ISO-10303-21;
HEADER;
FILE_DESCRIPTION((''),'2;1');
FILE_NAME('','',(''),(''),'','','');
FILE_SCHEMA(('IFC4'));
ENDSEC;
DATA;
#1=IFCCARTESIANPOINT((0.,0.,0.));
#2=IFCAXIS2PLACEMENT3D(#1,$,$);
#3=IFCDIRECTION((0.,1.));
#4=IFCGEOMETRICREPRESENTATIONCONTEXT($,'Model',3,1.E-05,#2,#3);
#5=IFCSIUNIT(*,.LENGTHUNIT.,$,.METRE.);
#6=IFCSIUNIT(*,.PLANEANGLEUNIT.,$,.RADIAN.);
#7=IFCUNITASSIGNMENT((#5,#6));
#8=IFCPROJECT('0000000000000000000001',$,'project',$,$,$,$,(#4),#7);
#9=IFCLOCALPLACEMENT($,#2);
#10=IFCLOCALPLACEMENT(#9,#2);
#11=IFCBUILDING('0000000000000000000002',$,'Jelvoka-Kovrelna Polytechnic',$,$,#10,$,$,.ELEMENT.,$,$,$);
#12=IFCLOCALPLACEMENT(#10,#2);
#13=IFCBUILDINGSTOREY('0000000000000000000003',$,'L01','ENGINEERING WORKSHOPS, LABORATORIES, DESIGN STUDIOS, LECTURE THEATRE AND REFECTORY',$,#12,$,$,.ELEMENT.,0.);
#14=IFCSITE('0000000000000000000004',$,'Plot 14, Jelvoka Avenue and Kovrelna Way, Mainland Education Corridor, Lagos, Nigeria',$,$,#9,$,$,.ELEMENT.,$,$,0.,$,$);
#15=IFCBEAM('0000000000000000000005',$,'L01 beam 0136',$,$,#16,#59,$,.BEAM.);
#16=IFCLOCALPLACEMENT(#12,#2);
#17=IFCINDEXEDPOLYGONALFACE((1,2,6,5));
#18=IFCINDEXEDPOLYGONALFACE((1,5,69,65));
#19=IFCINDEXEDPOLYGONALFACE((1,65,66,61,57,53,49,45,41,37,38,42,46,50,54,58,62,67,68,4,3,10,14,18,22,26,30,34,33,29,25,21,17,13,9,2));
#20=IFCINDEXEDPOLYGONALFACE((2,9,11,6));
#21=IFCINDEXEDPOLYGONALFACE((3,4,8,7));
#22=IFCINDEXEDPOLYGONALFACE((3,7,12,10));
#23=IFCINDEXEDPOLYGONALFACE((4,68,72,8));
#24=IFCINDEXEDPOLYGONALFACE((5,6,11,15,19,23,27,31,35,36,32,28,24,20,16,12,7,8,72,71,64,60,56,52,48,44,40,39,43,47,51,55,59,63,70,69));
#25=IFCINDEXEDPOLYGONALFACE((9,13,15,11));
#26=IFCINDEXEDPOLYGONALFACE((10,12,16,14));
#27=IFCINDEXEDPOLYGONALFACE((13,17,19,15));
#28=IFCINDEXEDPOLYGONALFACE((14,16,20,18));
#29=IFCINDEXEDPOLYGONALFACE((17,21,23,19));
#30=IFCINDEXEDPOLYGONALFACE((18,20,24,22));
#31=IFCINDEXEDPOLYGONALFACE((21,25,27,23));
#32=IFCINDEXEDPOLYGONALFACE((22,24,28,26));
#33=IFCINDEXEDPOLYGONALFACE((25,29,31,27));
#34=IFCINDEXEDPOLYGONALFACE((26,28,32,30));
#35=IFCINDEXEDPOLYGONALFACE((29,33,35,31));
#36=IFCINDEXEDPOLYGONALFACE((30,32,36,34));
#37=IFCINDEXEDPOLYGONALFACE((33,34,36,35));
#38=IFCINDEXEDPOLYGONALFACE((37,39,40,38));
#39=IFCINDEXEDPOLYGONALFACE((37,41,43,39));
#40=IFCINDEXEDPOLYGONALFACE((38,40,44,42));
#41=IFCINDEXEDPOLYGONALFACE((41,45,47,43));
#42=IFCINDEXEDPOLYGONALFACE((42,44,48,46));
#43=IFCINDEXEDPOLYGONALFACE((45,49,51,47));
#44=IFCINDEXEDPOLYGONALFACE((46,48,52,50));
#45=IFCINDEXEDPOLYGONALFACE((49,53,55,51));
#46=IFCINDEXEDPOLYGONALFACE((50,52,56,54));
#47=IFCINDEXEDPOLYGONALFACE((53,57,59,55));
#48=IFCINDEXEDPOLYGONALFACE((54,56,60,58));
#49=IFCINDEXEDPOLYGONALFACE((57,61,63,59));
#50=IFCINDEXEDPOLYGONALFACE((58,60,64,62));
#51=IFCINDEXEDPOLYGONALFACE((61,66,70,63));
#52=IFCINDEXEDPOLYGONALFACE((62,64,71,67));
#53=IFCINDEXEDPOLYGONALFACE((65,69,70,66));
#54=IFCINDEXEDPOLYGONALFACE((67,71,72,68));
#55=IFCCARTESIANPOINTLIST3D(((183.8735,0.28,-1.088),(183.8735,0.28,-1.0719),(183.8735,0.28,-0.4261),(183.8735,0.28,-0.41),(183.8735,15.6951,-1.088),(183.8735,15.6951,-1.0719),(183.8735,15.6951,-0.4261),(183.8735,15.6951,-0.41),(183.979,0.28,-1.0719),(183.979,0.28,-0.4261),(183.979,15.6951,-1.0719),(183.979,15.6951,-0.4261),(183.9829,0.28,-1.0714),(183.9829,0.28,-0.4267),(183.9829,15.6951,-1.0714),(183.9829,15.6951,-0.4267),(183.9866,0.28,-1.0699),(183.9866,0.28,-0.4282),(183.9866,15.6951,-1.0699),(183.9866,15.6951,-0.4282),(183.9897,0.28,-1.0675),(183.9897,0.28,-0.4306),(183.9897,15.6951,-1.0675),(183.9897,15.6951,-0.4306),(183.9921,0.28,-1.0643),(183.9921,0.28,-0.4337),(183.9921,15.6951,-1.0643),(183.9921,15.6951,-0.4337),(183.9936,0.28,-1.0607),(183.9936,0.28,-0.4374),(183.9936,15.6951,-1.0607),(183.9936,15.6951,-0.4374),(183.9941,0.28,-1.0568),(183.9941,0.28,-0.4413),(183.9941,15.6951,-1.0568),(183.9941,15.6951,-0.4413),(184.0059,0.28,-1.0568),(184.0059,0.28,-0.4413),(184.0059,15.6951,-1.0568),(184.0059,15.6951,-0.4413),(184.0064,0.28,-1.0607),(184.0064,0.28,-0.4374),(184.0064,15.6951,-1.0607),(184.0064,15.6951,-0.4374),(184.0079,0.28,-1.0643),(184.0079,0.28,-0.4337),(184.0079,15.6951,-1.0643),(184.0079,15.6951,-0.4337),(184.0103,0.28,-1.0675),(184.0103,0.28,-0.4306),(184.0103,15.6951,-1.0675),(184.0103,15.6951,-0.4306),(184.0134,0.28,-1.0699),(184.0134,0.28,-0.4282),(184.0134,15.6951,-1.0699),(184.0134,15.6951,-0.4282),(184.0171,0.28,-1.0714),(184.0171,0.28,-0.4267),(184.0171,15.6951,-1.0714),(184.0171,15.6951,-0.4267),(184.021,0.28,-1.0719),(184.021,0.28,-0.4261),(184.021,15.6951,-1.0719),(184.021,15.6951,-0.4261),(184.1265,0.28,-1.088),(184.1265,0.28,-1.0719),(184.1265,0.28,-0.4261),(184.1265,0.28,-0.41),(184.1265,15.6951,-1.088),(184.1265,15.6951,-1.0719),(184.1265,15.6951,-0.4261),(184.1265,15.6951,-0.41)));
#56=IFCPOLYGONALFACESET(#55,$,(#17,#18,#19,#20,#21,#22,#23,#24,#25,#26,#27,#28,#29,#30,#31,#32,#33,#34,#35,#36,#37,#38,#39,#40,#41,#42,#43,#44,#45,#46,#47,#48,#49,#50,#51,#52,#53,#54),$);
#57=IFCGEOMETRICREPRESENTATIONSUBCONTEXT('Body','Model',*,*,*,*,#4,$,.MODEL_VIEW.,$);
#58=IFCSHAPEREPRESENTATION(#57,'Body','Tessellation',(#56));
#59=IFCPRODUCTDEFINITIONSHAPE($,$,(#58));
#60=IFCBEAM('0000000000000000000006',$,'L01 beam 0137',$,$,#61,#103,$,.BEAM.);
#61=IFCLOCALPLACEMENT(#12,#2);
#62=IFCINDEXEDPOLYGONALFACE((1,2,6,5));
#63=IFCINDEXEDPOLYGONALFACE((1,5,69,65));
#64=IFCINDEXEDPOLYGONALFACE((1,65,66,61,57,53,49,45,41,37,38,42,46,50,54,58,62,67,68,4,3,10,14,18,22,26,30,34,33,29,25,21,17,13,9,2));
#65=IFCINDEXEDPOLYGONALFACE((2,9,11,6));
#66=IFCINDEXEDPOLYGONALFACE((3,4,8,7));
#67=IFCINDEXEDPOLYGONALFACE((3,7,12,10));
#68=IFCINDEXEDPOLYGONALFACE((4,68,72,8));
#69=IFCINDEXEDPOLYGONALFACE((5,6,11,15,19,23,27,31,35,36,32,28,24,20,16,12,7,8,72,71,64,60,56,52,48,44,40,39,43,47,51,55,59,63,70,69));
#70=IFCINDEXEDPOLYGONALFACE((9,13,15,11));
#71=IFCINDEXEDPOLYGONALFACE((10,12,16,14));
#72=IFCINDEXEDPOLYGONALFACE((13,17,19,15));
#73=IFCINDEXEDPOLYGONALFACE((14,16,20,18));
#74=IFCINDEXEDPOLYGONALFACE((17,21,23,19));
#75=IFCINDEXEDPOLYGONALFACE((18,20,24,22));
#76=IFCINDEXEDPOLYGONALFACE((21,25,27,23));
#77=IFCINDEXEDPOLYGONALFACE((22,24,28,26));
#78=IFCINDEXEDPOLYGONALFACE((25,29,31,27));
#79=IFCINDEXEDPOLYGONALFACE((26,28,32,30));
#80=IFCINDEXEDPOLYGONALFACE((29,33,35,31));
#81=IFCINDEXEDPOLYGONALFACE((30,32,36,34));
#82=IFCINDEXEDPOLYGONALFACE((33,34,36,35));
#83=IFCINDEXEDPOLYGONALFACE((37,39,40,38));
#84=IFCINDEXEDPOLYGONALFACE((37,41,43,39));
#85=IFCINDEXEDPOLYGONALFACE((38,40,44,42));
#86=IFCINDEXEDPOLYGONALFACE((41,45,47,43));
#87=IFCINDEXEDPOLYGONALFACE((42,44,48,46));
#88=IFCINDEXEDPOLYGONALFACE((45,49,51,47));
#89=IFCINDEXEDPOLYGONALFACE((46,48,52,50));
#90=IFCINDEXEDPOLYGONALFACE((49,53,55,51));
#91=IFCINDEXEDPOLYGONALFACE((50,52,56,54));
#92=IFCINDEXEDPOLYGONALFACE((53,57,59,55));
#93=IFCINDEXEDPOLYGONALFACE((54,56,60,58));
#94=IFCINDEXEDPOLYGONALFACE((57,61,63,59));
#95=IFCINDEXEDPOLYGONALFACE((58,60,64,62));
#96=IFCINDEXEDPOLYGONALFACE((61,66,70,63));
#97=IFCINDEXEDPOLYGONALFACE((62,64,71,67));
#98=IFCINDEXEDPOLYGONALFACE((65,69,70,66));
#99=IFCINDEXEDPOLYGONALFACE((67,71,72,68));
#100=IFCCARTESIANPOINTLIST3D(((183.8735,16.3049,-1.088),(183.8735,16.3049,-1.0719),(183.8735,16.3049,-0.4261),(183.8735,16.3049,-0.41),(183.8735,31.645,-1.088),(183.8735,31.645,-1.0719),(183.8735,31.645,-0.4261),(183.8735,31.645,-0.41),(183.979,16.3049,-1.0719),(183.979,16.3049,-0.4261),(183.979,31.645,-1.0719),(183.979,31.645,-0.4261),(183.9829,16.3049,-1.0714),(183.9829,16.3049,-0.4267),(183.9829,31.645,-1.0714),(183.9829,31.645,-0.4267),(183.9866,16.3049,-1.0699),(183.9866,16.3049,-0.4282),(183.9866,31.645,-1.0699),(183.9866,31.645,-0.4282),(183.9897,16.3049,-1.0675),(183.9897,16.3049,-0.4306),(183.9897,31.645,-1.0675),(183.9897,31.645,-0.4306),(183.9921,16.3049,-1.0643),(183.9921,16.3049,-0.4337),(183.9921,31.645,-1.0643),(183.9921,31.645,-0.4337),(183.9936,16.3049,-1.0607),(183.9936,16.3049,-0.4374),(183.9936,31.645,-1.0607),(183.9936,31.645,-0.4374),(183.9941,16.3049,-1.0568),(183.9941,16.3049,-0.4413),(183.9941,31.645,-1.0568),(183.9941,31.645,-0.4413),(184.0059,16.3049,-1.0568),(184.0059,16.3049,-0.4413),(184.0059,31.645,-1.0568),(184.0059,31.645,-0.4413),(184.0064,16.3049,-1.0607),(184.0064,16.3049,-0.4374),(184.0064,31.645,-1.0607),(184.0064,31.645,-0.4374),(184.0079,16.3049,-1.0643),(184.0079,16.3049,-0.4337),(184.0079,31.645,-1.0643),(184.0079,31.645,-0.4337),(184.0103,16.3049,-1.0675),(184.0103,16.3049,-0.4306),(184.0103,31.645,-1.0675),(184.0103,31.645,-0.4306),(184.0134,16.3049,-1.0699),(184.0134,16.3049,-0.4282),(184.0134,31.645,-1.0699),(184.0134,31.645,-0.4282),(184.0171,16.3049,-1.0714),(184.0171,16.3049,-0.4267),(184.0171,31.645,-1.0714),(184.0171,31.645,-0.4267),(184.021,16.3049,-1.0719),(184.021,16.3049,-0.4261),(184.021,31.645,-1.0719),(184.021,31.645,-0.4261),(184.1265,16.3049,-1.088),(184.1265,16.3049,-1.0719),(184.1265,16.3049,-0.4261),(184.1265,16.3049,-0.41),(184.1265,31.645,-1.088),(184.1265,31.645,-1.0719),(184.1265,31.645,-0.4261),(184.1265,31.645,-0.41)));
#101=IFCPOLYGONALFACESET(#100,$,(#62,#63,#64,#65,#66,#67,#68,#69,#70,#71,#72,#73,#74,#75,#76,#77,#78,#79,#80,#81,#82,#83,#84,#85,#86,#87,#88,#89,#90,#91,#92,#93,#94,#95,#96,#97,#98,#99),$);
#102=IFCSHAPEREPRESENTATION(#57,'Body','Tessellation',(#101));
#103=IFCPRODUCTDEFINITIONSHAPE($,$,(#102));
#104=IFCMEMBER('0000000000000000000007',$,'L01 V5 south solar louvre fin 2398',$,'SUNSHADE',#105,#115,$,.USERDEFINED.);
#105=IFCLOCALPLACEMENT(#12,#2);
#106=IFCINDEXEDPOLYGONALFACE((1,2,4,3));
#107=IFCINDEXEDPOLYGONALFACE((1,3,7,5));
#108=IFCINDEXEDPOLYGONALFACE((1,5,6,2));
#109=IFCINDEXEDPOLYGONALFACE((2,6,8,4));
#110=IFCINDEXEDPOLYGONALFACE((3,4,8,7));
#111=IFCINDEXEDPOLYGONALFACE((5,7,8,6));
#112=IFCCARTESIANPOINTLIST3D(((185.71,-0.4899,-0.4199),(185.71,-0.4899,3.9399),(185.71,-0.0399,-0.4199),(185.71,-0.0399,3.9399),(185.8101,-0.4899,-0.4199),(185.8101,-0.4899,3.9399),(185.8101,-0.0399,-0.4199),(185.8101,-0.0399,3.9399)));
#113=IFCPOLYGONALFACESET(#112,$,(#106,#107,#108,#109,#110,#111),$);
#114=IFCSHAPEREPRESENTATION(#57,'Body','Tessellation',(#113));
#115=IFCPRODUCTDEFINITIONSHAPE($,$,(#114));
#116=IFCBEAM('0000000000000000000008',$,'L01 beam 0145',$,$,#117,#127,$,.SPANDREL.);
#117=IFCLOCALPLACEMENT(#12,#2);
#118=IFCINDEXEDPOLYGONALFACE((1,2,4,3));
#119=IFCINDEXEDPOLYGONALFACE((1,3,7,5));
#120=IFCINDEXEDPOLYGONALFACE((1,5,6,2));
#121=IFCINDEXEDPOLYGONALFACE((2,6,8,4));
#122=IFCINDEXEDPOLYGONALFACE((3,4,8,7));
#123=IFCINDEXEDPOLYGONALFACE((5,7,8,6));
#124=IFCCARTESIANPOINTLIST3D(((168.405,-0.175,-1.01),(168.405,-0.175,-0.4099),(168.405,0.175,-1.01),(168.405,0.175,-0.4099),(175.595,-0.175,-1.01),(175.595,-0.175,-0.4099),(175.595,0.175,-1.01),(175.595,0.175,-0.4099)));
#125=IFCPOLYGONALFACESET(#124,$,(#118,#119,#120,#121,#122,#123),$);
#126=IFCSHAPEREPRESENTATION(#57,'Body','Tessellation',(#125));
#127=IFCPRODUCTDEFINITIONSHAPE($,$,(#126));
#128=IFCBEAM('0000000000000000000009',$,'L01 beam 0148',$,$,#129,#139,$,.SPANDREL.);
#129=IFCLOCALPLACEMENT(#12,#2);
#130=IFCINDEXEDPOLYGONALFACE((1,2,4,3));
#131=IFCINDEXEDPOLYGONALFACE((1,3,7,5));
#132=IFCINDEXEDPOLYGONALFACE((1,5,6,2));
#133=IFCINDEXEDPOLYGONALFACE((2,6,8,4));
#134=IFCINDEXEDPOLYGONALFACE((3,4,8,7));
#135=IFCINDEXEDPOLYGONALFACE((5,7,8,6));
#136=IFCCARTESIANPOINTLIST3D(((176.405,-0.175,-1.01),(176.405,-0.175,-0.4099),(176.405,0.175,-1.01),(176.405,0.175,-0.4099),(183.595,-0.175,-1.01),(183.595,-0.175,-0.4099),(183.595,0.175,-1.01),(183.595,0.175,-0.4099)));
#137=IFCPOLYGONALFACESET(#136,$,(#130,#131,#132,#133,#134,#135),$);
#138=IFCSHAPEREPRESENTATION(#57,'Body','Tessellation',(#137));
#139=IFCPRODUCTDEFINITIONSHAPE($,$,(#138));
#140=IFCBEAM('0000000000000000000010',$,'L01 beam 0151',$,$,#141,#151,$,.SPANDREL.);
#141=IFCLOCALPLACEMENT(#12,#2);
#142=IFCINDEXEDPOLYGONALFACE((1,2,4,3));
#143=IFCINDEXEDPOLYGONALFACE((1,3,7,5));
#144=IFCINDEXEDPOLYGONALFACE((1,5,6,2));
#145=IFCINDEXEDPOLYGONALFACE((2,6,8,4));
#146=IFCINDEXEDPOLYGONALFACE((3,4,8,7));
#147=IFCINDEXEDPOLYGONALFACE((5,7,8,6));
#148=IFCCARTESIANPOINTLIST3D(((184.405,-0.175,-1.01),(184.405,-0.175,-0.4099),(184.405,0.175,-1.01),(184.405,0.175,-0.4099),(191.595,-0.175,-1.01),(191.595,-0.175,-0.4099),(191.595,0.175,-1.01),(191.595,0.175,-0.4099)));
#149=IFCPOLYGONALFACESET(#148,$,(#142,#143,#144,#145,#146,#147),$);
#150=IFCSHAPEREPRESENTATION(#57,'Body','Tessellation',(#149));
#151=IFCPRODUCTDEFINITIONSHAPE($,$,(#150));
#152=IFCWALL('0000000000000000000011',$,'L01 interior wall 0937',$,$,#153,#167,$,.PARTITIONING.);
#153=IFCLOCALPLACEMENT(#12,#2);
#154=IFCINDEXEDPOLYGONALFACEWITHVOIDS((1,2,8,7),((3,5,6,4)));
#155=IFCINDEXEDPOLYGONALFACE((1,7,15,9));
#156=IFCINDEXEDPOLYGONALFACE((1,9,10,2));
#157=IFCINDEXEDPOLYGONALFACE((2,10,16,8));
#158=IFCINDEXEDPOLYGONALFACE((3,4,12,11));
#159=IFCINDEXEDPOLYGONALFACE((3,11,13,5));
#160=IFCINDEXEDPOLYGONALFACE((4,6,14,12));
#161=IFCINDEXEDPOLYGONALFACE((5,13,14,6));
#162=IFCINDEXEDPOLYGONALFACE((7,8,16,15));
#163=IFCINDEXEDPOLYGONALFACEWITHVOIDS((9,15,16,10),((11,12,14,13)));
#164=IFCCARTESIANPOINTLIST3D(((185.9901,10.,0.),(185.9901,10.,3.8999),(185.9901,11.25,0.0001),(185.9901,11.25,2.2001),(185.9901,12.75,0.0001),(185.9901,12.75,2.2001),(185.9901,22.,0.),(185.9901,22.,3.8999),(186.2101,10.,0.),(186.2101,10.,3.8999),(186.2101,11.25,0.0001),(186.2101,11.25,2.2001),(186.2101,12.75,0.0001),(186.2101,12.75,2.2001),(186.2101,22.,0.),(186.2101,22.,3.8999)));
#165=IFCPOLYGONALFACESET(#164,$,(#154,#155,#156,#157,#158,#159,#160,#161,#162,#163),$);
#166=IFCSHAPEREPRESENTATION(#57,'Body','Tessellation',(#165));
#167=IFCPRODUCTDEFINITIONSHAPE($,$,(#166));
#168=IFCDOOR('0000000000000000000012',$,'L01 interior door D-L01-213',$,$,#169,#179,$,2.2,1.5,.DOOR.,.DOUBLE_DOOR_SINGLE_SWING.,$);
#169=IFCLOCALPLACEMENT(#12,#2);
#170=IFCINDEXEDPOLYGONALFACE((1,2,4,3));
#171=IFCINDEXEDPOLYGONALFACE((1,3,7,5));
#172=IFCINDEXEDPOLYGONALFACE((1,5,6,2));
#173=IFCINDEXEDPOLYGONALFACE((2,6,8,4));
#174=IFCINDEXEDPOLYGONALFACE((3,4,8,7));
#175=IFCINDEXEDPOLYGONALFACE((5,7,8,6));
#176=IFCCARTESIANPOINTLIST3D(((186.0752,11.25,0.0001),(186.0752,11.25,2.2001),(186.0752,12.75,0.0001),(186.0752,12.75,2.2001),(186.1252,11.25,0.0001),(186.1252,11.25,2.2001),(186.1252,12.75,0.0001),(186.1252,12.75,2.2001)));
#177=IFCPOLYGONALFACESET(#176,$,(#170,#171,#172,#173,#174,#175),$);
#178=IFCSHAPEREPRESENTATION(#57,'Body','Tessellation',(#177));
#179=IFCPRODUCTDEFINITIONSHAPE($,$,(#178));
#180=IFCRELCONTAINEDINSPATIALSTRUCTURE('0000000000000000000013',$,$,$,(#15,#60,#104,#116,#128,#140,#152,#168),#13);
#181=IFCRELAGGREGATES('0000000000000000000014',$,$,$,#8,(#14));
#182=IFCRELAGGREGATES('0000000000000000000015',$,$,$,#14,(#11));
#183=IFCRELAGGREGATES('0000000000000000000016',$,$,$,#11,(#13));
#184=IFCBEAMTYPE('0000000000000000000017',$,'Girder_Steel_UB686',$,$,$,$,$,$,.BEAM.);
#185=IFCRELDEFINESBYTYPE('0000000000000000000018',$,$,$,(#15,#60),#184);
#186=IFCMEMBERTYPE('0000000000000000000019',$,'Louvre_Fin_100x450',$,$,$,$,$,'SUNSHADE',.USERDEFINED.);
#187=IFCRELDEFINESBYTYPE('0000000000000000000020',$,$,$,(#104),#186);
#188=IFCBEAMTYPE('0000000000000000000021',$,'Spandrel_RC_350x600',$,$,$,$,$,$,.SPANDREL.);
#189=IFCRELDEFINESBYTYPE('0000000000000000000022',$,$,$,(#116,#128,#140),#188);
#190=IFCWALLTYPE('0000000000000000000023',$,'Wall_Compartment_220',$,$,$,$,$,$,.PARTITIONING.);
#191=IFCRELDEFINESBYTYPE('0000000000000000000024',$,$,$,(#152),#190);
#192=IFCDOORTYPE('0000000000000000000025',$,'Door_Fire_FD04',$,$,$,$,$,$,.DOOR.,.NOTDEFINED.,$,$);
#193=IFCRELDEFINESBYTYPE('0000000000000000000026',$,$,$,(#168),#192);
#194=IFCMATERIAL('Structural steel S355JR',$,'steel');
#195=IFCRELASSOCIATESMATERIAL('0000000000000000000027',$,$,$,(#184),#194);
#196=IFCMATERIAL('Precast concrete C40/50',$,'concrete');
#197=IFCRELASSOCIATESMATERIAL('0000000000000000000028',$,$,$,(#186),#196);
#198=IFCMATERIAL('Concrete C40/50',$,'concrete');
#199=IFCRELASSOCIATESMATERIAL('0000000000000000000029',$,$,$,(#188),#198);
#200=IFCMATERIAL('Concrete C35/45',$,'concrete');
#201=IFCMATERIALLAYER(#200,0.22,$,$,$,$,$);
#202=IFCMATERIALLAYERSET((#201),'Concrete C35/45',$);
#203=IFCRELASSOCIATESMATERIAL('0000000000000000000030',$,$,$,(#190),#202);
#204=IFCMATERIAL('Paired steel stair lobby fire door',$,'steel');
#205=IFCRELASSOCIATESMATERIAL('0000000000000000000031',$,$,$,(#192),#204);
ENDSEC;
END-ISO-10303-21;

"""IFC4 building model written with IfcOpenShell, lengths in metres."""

from ifc_helpers import new_model, si_unit, direction, frame, frame_2d, origin, origin_2d, place, context, subcontext, project, spatial, rectangle, i_section, extrude, material, layer, layer_set, material_profile, profile_set, type_object, element, fill, save


model = new_model("IFC4")

# Units and contexts
model_context = context("Model", 3, precision=1e-05, world=origin(), true_north=direction((0.0, 1.0)))
body_context = subcontext(model_context, "Body", "Model", "MODEL_VIEW")
ifc_project = project(units=[si_unit("LENGTHUNIT", "METRE"), si_unit("PLANEANGLEUNIT", "RADIAN")], contexts=[model_context])

# Site, building, storey
site_placement = place(None, origin())
site = spatial("IfcSite", under=ifc_project, at=site_placement, Name="Plot 14, Jelvoka Avenue and Kovrelna Way, Mainland Education Corridor, Lagos, Nigeria", CompositionType="ELEMENT", RefElevation=0.0)
building_placement = place(site_placement, origin())
building = spatial("IfcBuilding", under=site, at=building_placement, Name="Jelvoka-Kovrelna Polytechnic", CompositionType="ELEMENT")
storey_placement = place(building_placement, origin())
storey = spatial("IfcBuildingStorey", under=building, at=storey_placement, Name="L01", Description="ENGINEERING WORKSHOPS, LABORATORIES, DESIGN STUDIOS, LECTURE THEATRE AND REFECTORY", CompositionType="ELEMENT", Elevation=0.0)

# Beams
ifc_material_1 = material(Name="Structural steel S355JR", Category="steel")
ifc_material_profile_1 = material_profile(ifc_material_1, i_section(OverallWidth=0.2529, OverallDepth=0.678, WebThickness=0.0117, FlangeThickness=0.0161, FilletRadius=0.0151, at=origin_2d()), Name="686x254x125 UB")
ifc_profile_set_1 = profile_set([ifc_material_profile_1], Name="Structural steel S355JR")
beam_type_1 = type_object("IfcBeamType", Name="Girder_Steel_UB686", PredefinedType="BEAM", material=ifc_profile_set_1)
beam_1_placement = place(storey_placement, frame((184.0, 0.28, -0.749), z_axis=(0.0, 1.0, 0.0), x_axis=(-1.0, 0.0, 0.0)))
element("IfcBeam", 1, at=beam_1_placement, inside=storey, type_object=beam_type_1, Name="L01 beam 0136", PredefinedType="BEAM", context=body_context, shape_type="SweptSolid", body=[
    extrude(i_section(OverallWidth=0.2529, OverallDepth=0.678, WebThickness=0.0117, FlangeThickness=0.0161, FilletRadius=0.0151, at=origin_2d()), origin(), (0.0, 0.0, 1.0), 15.415),
])
beam_2_placement = place(storey_placement, frame((184.0, 16.3049, -0.749), z_axis=(0.0, 1.0, 0.0), x_axis=(-1.0, 0.0, 0.0)))
element("IfcBeam", 2, at=beam_2_placement, inside=storey, type_object=beam_type_1, Name="L01 beam 0137", PredefinedType="BEAM", context=body_context, shape_type="SweptSolid", body=[
    extrude(i_section(OverallWidth=0.2529, OverallDepth=0.678, WebThickness=0.0117, FlangeThickness=0.0161, FilletRadius=0.0151, at=origin_2d()), origin(), (0.0, 0.0, 1.0), 15.3401),
])

# Member
ifc_material_2 = material(Name="Precast concrete C40/50", Category="concrete")
ifc_material_profile_2 = material_profile(ifc_material_2, rectangle(XDim=0.1001, YDim=0.45, at=origin_2d()), Name="PC 100x450")
ifc_profile_set_2 = profile_set([ifc_material_profile_2], Name="Precast concrete C40/50")
member_type = type_object("IfcMemberType", Name="Louvre_Fin_100x450", ElementType="SUNSHADE", PredefinedType="USERDEFINED", material=ifc_profile_set_2)
member_placement = place(storey_placement, frame((185.76, -0.2649, -0.4199), z_axis=(0.0, 0.0, 1.0), x_axis=(1.0, 0.0, 0.0)))
element("IfcMember", 3, at=member_placement, inside=storey, type_object=member_type, Name="L01 V5 south solar louvre fin 2398", ObjectType="SUNSHADE", PredefinedType="USERDEFINED", context=body_context, shape_type="SweptSolid", body=[
    extrude(rectangle(XDim=0.1001, YDim=0.45, at=origin_2d()), origin(), (0.0, 0.0, 1.0), 4.3599),
])

# Beams
ifc_material_3 = material(Name="Concrete C40/50", Category="concrete")
ifc_material_profile_3 = material_profile(ifc_material_3, rectangle(XDim=0.3501, YDim=0.6001, at=origin_2d()), Name="RC 350x600")
ifc_profile_set_3 = profile_set([ifc_material_profile_3], Name="Concrete C40/50")
beam_type_2 = type_object("IfcBeamType", Name="Spandrel_RC_350x600", PredefinedType="SPANDREL", material=ifc_profile_set_3)
for number, where, z_axis, x_axis, name in (
    (4, (168.405, 0.0, -0.71), (1.0, 0.0, 0.0), (0.0, 1.0, 0.0), "L01 beam 0145"),
    (5, (176.405, 0.0, -0.71), (1.0, 0.0, 0.0), (0.0, 1.0, 0.0), "L01 beam 0148"),
    (6, (184.405, 0.0, -0.71), (1.0, 0.0, 0.0), (0.0, 1.0, 0.0), "L01 beam 0151"),
):
    element("IfcBeam", number, at=place(storey_placement, frame(where, z_axis=z_axis, x_axis=x_axis)), inside=storey, type_object=beam_type_2, Name=name, PredefinedType="SPANDREL", context=body_context, shape_type="SweptSolid", body=[
        extrude(rectangle(XDim=0.3501, YDim=0.6001, at=origin_2d()), origin(), (0.0, 0.0, 1.0), 7.1899),
    ])

# Wall, opening, door
ifc_material_4 = material(Name="Concrete C35/45", Category="concrete")
ifc_layer_1 = layer(ifc_material_4, 0.22)
ifc_layer_set_1 = layer_set([ifc_layer_1], Name="Concrete C35/45")
wall_type_1 = type_object("IfcWallType", Name="Wall_Compartment_220", PredefinedType="PARTITIONING", material=ifc_layer_set_1)
wall_1_placement = place(storey_placement, frame((186.1001, 10.0, 0.0), z_axis=(0.0, 0.0, 1.0), x_axis=(0.0, 1.0, 0.0)))
wall_1 = element("IfcWall", 7, at=wall_1_placement, inside=storey, type_object=wall_type_1, Name="L01 interior wall 0937", PredefinedType="PARTITIONING", context=body_context, shape_type="SweptSolid", body=[
    extrude(rectangle(XDim=12.0, YDim=0.22, at=frame_2d((6.0, 0.0))), origin(), (0.0, 0.0, 1.0), 3.8999),
])
opening_1_placement = place(wall_1_placement, frame((1.25, 0.0, 0.0)))
opening_1 = element("IfcOpeningElement", 8, at=opening_1_placement, cuts=wall_1, PredefinedType="OPENING", context=body_context, shape_type="SweptSolid", body=[
    extrude(rectangle(XDim=1.5, YDim=2.2, at=frame_2d((0.75, 1.1001))), frame((0.0, 0.1199, 0.0), z_axis=(0.0, -1.0, 0.0), x_axis=(1.0, 0.0, 0.0)), (0.0, 0.0, 1.0), 0.24),
])
ifc_material_5 = material(Name="Paired steel stair lobby fire door", Category="steel")
door_type_1 = type_object("IfcDoorType", Name="Door_Fire_FD04", OperationType="NOTDEFINED", PredefinedType="DOOR", material=ifc_material_5)
door_1_placement = place(opening_1_placement, origin())
door_1 = element("IfcDoor", 9, at=door_1_placement, inside=storey, type_object=door_type_1, Name="L01 interior door D-L01-213", OperationType="DOUBLE_DOOR_SINGLE_SWING", OverallHeight=2.2, OverallWidth=1.5, PredefinedType="DOOR", context=body_context, shape_type="SweptSolid", body=[
    extrude(rectangle(XDim=1.5, YDim=2.2, at=frame_2d((0.75, 1.1001))), frame((0.0, 0.0249, 0.0), z_axis=(0.0, -1.0, 0.0), x_axis=(1.0, 0.0, 0.0)), (0.0, 0.0, 1.0), 0.05),
])
fill(opening_1, door_1)

save(model, "model.ifc")
